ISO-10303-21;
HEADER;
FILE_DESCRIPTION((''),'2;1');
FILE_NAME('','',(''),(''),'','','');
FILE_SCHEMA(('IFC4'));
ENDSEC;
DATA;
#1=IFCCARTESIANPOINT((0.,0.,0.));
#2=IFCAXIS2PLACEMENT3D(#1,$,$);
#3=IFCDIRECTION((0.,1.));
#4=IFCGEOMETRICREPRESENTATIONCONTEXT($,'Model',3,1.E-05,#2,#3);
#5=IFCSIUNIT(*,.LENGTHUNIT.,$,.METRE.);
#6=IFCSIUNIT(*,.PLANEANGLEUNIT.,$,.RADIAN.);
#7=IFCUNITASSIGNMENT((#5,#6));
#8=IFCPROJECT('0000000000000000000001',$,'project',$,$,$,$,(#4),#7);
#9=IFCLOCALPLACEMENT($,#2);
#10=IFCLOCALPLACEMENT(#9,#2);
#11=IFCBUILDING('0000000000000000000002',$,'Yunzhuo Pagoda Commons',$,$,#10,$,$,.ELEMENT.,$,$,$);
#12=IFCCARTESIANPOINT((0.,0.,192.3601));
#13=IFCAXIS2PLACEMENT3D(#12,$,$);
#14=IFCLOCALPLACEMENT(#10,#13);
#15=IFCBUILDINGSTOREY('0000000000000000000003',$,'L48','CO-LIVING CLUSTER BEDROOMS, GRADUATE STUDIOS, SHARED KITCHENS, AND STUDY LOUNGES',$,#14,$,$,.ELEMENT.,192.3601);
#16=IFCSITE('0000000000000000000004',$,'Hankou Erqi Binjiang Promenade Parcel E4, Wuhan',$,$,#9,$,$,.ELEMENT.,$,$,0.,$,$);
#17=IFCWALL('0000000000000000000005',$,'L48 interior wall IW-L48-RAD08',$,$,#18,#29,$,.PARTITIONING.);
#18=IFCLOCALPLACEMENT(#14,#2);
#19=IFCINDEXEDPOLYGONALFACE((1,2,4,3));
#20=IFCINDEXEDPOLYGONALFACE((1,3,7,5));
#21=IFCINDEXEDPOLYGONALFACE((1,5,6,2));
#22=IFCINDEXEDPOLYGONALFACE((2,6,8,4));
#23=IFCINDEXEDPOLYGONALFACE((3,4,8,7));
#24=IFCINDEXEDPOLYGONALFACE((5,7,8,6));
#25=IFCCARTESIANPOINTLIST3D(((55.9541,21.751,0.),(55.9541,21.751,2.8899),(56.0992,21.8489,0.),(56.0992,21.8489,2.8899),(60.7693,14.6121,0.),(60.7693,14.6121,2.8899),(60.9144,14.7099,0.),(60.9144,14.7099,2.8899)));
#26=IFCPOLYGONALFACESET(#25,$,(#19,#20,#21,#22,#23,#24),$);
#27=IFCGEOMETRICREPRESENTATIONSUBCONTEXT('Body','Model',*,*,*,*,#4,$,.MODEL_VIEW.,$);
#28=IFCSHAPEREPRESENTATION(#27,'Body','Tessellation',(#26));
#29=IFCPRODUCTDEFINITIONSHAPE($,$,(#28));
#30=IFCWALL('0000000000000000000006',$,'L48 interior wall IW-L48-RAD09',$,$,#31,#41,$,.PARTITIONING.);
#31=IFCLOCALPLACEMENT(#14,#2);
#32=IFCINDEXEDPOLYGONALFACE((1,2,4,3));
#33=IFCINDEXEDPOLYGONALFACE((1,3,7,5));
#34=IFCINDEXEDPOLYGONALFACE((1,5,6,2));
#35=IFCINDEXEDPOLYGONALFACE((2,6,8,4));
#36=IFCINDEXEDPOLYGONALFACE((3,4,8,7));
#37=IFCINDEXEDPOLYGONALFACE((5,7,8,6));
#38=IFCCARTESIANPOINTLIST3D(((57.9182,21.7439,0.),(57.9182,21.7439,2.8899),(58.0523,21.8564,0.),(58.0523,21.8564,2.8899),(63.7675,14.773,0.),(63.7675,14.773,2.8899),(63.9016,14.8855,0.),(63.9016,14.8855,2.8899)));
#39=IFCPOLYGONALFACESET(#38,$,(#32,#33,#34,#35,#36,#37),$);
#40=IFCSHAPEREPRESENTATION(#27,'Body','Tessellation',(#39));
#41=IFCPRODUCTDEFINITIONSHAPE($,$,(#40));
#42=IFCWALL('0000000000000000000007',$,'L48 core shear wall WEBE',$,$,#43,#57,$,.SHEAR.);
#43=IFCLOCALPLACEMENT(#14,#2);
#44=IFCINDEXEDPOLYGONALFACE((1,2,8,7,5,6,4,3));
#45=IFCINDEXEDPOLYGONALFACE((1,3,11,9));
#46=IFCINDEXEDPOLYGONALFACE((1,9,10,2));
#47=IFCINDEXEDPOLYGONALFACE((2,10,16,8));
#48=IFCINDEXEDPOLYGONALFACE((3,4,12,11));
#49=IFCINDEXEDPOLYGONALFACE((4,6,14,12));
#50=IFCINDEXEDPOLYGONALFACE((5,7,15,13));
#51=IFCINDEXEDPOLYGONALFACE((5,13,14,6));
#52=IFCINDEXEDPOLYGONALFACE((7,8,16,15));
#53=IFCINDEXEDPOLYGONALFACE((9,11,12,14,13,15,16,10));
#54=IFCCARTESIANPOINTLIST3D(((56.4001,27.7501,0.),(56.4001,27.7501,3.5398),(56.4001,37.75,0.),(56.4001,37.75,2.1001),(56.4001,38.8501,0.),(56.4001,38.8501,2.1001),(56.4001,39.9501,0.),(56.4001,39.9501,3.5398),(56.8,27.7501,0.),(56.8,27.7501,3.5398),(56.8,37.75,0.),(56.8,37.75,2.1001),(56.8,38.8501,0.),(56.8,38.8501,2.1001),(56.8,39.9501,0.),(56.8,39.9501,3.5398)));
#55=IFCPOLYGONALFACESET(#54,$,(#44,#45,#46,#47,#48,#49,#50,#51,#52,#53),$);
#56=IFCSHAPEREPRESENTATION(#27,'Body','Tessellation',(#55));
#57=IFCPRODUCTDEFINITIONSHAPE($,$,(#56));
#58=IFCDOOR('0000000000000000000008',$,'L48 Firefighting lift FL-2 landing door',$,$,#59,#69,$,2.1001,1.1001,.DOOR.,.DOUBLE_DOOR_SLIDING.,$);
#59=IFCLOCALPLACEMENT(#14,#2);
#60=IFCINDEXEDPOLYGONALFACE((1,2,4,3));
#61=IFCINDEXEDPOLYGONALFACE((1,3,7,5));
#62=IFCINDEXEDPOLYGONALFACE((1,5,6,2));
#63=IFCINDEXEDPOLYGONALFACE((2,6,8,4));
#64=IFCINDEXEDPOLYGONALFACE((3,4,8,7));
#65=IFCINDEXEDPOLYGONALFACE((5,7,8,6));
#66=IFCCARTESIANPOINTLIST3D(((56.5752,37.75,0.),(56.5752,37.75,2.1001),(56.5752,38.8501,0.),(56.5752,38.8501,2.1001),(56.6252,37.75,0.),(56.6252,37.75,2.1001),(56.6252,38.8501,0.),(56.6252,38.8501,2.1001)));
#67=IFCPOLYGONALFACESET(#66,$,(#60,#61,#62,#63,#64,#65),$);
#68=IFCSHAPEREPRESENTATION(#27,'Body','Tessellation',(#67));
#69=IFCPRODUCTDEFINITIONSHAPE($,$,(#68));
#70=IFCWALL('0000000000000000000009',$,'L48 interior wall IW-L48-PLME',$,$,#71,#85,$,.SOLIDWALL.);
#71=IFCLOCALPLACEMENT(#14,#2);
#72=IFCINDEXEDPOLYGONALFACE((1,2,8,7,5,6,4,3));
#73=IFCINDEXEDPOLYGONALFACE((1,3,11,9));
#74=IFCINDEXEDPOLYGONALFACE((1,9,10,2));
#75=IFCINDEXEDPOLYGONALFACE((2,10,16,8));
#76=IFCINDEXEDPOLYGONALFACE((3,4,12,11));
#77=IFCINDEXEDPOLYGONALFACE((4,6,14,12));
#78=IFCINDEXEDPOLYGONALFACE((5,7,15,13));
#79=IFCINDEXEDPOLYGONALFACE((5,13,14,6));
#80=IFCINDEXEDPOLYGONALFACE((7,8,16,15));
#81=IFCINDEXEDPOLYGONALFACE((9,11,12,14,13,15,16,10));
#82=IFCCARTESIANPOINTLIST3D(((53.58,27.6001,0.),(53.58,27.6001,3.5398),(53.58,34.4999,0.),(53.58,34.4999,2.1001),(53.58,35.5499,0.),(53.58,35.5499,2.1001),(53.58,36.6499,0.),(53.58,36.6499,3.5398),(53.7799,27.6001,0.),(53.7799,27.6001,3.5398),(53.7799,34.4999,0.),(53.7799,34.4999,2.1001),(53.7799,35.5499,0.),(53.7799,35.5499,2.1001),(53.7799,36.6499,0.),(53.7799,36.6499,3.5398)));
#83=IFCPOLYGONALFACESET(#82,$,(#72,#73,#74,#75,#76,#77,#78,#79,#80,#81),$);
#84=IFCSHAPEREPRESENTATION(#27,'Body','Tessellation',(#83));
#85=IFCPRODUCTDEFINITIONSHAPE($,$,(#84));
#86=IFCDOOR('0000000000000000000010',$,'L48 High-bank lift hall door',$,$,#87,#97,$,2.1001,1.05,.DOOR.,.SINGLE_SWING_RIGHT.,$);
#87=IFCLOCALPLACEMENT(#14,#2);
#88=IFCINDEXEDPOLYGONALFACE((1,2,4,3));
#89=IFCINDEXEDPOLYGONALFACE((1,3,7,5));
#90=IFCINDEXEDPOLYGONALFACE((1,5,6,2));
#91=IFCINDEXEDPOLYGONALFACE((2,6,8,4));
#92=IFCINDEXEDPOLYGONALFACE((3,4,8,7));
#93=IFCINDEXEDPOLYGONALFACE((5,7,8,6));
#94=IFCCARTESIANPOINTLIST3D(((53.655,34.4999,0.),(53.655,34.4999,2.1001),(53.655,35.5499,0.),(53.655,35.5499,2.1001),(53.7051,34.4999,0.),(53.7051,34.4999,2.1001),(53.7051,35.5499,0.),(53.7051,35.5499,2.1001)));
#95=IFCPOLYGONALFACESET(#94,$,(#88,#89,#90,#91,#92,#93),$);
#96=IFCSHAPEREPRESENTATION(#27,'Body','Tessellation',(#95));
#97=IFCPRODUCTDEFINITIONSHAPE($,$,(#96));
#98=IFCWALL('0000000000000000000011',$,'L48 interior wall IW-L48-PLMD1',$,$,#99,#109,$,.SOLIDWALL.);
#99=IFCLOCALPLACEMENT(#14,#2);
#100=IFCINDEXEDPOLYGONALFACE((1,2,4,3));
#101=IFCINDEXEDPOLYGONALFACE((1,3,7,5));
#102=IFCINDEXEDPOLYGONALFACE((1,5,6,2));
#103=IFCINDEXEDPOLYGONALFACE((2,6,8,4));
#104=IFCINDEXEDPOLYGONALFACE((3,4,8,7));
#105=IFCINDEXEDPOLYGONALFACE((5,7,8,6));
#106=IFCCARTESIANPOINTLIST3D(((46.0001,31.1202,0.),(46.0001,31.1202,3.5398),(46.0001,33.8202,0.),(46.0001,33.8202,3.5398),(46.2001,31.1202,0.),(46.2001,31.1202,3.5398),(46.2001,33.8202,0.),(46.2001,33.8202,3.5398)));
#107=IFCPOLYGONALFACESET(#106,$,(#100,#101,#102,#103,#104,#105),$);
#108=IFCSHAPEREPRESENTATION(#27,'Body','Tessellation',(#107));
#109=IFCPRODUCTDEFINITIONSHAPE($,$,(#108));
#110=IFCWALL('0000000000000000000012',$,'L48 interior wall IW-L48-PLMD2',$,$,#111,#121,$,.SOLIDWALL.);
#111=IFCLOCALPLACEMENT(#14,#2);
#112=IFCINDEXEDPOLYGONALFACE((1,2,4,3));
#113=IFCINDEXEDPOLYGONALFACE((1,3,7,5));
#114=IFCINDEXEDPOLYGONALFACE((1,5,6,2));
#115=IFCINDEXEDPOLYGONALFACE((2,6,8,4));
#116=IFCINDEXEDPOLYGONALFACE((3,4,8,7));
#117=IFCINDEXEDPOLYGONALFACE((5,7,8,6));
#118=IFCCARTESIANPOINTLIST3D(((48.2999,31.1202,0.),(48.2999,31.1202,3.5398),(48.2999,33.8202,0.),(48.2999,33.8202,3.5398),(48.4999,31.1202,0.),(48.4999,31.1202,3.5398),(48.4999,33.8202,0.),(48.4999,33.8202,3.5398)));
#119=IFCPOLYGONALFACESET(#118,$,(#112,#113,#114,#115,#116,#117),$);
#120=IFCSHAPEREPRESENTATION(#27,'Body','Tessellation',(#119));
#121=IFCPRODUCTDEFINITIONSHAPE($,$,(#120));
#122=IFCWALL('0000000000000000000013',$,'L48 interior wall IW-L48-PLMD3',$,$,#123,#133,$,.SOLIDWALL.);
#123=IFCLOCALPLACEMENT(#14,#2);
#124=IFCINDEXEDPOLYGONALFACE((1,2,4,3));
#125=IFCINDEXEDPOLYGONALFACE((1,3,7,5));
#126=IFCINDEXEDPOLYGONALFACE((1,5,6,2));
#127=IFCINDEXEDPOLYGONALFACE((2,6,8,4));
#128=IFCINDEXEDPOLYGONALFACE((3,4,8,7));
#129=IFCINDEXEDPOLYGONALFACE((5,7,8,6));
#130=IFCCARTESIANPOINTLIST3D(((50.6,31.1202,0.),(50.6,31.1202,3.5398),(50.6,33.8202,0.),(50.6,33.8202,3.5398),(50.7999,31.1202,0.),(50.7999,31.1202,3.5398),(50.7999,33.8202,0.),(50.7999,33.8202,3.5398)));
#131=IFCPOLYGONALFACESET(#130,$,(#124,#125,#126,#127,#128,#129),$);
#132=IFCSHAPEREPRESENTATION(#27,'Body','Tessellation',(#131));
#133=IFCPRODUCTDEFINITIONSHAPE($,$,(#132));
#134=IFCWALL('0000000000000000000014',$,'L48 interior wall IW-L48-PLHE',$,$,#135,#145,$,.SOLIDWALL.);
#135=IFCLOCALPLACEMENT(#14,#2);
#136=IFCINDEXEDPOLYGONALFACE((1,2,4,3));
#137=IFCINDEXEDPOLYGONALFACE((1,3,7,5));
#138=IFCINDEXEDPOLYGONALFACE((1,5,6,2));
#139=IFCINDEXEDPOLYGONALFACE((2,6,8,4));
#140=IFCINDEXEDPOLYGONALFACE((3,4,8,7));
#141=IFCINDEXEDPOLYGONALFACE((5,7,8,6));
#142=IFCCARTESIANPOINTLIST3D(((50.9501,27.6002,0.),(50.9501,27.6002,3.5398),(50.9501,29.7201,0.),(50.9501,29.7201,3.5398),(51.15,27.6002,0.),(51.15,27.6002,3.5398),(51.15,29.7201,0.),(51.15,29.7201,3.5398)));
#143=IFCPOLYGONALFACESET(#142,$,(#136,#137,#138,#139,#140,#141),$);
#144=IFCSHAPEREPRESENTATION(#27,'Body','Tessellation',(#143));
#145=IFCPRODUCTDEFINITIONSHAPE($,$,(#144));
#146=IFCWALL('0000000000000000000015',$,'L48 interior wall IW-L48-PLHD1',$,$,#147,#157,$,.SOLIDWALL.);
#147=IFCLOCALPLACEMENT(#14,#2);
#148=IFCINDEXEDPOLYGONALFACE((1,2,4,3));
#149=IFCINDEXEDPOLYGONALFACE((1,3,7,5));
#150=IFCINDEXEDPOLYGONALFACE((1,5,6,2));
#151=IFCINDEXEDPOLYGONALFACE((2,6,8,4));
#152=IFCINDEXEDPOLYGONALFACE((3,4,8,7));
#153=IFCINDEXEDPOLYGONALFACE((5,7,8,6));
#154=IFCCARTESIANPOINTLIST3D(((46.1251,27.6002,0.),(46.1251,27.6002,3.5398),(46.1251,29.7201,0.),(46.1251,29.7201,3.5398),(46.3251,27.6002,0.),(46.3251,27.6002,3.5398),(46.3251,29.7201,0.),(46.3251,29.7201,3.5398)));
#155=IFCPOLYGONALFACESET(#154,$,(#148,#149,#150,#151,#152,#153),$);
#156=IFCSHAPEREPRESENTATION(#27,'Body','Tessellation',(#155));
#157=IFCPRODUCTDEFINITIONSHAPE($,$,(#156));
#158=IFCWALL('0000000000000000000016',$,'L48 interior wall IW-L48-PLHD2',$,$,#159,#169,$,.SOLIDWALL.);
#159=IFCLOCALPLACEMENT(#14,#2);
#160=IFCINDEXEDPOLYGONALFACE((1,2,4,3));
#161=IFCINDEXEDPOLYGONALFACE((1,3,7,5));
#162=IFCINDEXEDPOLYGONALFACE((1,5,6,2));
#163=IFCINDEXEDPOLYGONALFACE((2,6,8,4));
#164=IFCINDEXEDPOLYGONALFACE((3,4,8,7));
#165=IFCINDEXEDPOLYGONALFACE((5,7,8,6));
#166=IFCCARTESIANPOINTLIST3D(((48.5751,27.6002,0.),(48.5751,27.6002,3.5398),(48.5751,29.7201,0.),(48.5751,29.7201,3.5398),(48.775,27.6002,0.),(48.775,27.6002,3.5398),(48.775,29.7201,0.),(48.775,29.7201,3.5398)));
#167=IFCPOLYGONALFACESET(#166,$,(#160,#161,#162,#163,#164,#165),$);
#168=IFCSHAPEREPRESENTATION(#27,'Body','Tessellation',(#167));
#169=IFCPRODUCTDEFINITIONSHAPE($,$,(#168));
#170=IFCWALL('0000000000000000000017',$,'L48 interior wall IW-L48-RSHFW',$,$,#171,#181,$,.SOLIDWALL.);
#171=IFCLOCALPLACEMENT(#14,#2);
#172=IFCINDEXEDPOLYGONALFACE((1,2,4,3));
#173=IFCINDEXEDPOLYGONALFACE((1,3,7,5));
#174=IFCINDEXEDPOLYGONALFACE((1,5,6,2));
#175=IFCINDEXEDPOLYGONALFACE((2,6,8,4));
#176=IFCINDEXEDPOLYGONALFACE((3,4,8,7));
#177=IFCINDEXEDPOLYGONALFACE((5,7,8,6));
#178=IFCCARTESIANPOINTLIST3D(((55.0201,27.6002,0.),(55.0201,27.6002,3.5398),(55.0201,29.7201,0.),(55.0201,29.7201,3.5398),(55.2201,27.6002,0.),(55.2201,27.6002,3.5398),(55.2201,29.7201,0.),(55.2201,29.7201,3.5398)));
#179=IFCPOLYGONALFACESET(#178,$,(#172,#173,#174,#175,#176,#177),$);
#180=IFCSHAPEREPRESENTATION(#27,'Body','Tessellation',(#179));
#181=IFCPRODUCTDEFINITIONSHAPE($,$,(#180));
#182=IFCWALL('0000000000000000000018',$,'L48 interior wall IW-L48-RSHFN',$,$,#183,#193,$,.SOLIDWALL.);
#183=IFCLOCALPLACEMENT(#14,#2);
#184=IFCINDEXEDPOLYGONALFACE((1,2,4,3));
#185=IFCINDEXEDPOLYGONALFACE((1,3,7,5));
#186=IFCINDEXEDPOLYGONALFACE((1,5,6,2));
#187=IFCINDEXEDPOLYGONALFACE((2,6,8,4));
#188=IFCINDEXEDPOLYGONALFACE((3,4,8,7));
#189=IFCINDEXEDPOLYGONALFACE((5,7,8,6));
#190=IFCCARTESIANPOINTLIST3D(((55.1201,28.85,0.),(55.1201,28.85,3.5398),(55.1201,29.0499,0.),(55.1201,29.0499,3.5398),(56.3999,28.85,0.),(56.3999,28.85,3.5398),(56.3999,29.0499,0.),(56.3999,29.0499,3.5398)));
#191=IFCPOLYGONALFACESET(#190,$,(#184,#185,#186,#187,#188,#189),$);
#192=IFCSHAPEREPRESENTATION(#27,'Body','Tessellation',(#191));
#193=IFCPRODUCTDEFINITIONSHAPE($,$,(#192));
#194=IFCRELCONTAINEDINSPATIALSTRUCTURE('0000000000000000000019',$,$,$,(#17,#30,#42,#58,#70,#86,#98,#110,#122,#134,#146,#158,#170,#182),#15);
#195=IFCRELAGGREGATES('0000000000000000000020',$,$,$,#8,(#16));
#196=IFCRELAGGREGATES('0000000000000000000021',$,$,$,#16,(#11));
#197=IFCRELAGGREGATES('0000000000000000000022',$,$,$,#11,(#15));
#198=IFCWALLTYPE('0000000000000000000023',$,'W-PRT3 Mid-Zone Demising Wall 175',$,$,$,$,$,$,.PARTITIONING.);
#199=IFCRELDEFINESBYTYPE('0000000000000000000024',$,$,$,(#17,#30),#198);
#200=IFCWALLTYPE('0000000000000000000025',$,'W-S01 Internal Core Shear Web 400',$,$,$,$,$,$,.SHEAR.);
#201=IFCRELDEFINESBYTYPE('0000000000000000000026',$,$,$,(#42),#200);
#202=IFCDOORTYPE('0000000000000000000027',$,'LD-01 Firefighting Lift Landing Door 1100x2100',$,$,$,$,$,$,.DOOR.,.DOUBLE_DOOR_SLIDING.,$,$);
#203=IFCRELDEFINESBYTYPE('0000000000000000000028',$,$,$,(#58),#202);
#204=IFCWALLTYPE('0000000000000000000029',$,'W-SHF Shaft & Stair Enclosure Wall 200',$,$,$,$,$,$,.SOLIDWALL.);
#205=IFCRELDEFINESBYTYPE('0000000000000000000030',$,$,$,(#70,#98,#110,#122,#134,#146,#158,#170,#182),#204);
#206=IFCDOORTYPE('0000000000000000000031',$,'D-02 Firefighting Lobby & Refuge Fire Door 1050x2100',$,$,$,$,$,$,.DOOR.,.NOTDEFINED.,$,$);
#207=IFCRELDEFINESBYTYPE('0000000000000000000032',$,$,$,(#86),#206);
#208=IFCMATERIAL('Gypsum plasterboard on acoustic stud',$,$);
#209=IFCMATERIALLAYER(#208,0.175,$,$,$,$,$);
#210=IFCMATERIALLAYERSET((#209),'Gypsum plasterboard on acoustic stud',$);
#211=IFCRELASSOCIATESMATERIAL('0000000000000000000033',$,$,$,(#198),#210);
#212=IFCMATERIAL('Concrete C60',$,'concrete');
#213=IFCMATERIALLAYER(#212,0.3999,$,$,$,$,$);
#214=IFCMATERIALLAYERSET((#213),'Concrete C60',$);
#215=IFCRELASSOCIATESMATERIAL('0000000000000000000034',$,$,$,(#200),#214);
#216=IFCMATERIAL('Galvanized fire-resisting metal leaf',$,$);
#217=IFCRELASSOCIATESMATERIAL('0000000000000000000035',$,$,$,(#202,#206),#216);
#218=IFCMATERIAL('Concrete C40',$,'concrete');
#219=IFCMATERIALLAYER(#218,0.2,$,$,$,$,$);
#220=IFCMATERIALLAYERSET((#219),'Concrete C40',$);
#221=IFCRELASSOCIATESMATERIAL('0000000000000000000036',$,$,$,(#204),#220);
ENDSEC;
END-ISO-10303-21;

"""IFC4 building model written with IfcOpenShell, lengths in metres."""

from ifc_helpers import new_model, si_unit, direction, frame, frame_2d, origin, origin_with_axes, place, context, subcontext, project, spatial, rectangle, extrude, source, transform, mapped, material, layer, layer_set, type_object, element, fill, save


model = new_model("IFC4")

# Units and contexts
model_context = context("Model", 3, precision=1e-05, world=origin(), true_north=direction((0.0, 1.0)))
body_context = subcontext(model_context, "Body", "Model", "MODEL_VIEW")
ifc_project = project(units=[si_unit("LENGTHUNIT", "METRE"), si_unit("PLANEANGLEUNIT", "RADIAN")], contexts=[model_context])

# Site, building, storey
site_placement = place(None, origin())
site = spatial("IfcSite", under=ifc_project, at=site_placement, Name="Hankou Erqi Binjiang Promenade Parcel E4, Wuhan", CompositionType="ELEMENT", RefElevation=0.0)
building_placement = place(site_placement, origin())
building = spatial("IfcBuilding", under=site, at=building_placement, Name="Yunzhuo Pagoda Commons", CompositionType="ELEMENT")
storey_placement = place(building_placement, frame((0.0, 0.0, 192.3601)))
storey = spatial("IfcBuildingStorey", under=building, at=storey_placement, Name="L48", Description="CO-LIVING CLUSTER BEDROOMS, GRADUATE STUDIOS, SHARED KITCHENS, AND STUDY LOUNGES", CompositionType="ELEMENT", Elevation=192.3601)

# Shared definitions
ifc_material_1 = material(Name="Gypsum plasterboard on acoustic stud")
ifc_material_2 = material(Name="Galvanized fire-resisting metal leaf")

# Walls
ifc_layer_1 = layer(ifc_material_1, 0.175)
ifc_layer_set_1 = layer_set([ifc_layer_1], Name="Gypsum plasterboard on acoustic stud")
wall_type_1 = type_object("IfcWallType", Name="W-PRT3 Mid-Zone Demising Wall 175", PredefinedType="PARTITIONING", material=ifc_layer_set_1)
wall_1_placement = place(storey_placement, frame((56.0266, 21.8, 0.0), z_axis=(0.0, 0.0, 1.0), x_axis=(0.559187, -0.829042, 0.0)))
element("IfcWall", 1, at=wall_1_placement, inside=storey, type_object=wall_type_1, Name="L48 interior wall IW-L48-RAD08", PredefinedType="PARTITIONING", context=body_context, shape_type="SweptSolid", body=[
    extrude(rectangle(XDim=8.6111, YDim=0.175, at=frame_2d((4.3057, 0.0))), origin(), (0.0, 0.0, 1.0), 2.8899),
])
wall_2_placement = place(storey_placement, frame((57.9854, 21.8, 0.0), z_axis=(0.0, 0.0, 1.0), x_axis=(0.642791, -0.766042, 0.0)))
element("IfcWall", 2, at=wall_2_placement, inside=storey, type_object=wall_type_1, Name="L48 interior wall IW-L48-RAD09", PredefinedType="PARTITIONING", context=body_context, shape_type="SweptSolid", body=[
    extrude(rectangle(XDim=9.0999, YDim=0.175, at=frame_2d((4.5498, 0.0))), origin(), (0.0, 0.0, 1.0), 2.8899),
])

# Walls, openings, doors
ifc_material_3 = material(Name="Concrete C60", Category="concrete")
ifc_layer_2 = layer(ifc_material_3, 0.3999)
ifc_layer_set_2 = layer_set([ifc_layer_2], Name="Concrete C60")
wall_type_2 = type_object("IfcWallType", Name="W-S01 Internal Core Shear Web 400", PredefinedType="SHEAR", material=ifc_layer_set_2)
wall_3_placement = place(storey_placement, frame((56.6001, 27.75, 0.0), z_axis=(0.0, 0.0, 1.0), x_axis=(0.0, 1.0, 0.0)))
wall_3 = element("IfcWall", 3, at=wall_3_placement, inside=storey, type_object=wall_type_2, Name="L48 core shear wall WEBE", PredefinedType="SHEAR", context=body_context, shape_type="SweptSolid", body=[
    extrude(rectangle(XDim=12.2, YDim=0.3999, at=frame_2d((6.1001, 0.0))), origin(), (0.0, 0.0, 1.0), 3.5398),
])
opening_1_placement = place(wall_3_placement, frame((10.0, 0.0, 0.0)))
opening_1 = element("IfcOpeningElement", 4, at=opening_1_placement, cuts=wall_3, PredefinedType="OPENING", context=body_context, shape_type="SweptSolid", body=[
    extrude(rectangle(XDim=1.1001, YDim=2.1001, at=frame_2d((0.55, 1.05))), frame((0.0, 0.21, 0.0), z_axis=(0.0, -1.0, 0.0), x_axis=(1.0, 0.0, 0.0)), (0.0, 0.0, 1.0), 0.4199),
])
door_type_1 = type_object("IfcDoorType", Name="LD-01 Firefighting Lift Landing Door 1100x2100", OperationType="DOUBLE_DOOR_SLIDING", PredefinedType="DOOR", material=ifc_material_2)
shared_shape_1 = source(origin(), body_context, "Body", "SweptSolid", [
    extrude(rectangle(XDim=1.1001, YDim=2.1001, at=frame_2d((0.55, 1.05))), frame((0.0, 0.0249, 0.0), z_axis=(0.0, -1.0, 0.0), x_axis=(1.0, 0.0, 0.0)), (0.0, 0.0, 1.0), 0.05),
])
door_1_placement = place(opening_1_placement, origin_with_axes())
door_1 = element("IfcDoor", 5, at=door_1_placement, inside=storey, type_object=door_type_1, Name="L48 Firefighting lift FL-2 landing door", OperationType="DOUBLE_DOOR_SLIDING", OverallHeight=2.1001, OverallWidth=1.1001, PredefinedType="DOOR", context=body_context, shape_type="MappedRepresentation", body=[
    mapped(shared_shape_1, transform((0.0, 0.0, 0.0), scale=1.0)),
])
fill(opening_1, door_1)
ifc_material_4 = material(Name="Concrete C40", Category="concrete")
ifc_layer_3 = layer(ifc_material_4, 0.2)
ifc_layer_set_3 = layer_set([ifc_layer_3], Name="Concrete C40")
wall_type_3 = type_object("IfcWallType", Name="W-SHF Shaft & Stair Enclosure Wall 200", PredefinedType="SOLIDWALL", material=ifc_layer_set_3)
wall_4_placement = place(storey_placement, frame((53.6799, 27.6001, 0.0), z_axis=(0.0, 0.0, 1.0), x_axis=(0.0, 1.0, 0.0)))
wall_4 = element("IfcWall", 6, at=wall_4_placement, inside=storey, type_object=wall_type_3, Name="L48 interior wall IW-L48-PLME", PredefinedType="SOLIDWALL", context=body_context, shape_type="SweptSolid", body=[
    extrude(rectangle(XDim=9.0498, YDim=0.2, at=frame_2d((4.5249, 0.0))), origin(), (0.0, 0.0, 1.0), 3.5398),
])
opening_2_placement = place(wall_4_placement, frame((6.8999, 0.0, 0.0)))
opening_2 = element("IfcOpeningElement", 7, at=opening_2_placement, cuts=wall_4, PredefinedType="OPENING", context=body_context, shape_type="SweptSolid", body=[
    extrude(rectangle(XDim=1.05, YDim=2.1001, at=frame_2d((0.5249, 1.05))), frame((0.0, 0.1099, 0.0), z_axis=(0.0, -1.0, 0.0), x_axis=(1.0, 0.0, 0.0)), (0.0, 0.0, 1.0), 0.22),
])
door_type_2 = type_object("IfcDoorType", Name="D-02 Firefighting Lobby & Refuge Fire Door 1050x2100", OperationType="NOTDEFINED", PredefinedType="DOOR", material=ifc_material_2)
shared_shape_2 = source(origin(), body_context, "Body", "SweptSolid", [
    extrude(rectangle(XDim=1.05, YDim=2.1001, at=frame_2d((0.5249, 1.05))), frame((0.0, 0.0249, 0.0), z_axis=(0.0, -1.0, 0.0), x_axis=(1.0, 0.0, 0.0)), (0.0, 0.0, 1.0), 0.05),
])
door_2_placement = place(opening_2_placement, origin_with_axes())
door_2 = element("IfcDoor", 8, at=door_2_placement, inside=storey, type_object=door_type_2, Name="L48 High-bank lift hall door", OperationType="SINGLE_SWING_RIGHT", OverallHeight=2.1001, OverallWidth=1.05, PredefinedType="DOOR", context=body_context, shape_type="MappedRepresentation", body=[
    mapped(shared_shape_2, transform((0.0, 0.0, 0.0), scale=1.0)),
])
fill(opening_2, door_2)

# Walls
for number, where, z_axis, x_axis, name in (
    (9, (46.1001, 31.1201, 0.0), (0.0, 0.0, 1.0), (0.0, 1.0, 0.0), "L48 interior wall IW-L48-PLMD1"),
    (10, (48.3999, 31.1201, 0.0), (0.0, 0.0, 1.0), (0.0, 1.0, 0.0), "L48 interior wall IW-L48-PLMD2"),
    (11, (50.7, 31.1201, 0.0), (0.0, 0.0, 1.0), (0.0, 1.0, 0.0), "L48 interior wall IW-L48-PLMD3"),
):
    element("IfcWall", number, at=place(storey_placement, frame(where, z_axis=z_axis, x_axis=x_axis)), inside=storey, type_object=wall_type_3, Name=name, PredefinedType="SOLIDWALL", context=body_context, shape_type="SweptSolid", body=[
        extrude(rectangle(XDim=2.7, YDim=0.2, at=frame_2d((1.3501, 0.0))), origin(), (0.0, 0.0, 1.0), 3.5398),
    ])
for number, where, z_axis, x_axis, name in (
    (12, (51.05, 27.6001, 0.0), (0.0, 0.0, 1.0), (0.0, 1.0, 0.0), "L48 interior wall IW-L48-PLHE"),
    (13, (46.2251, 27.6001, 0.0), (0.0, 0.0, 1.0), (0.0, 1.0, 0.0), "L48 interior wall IW-L48-PLHD1"),
    (14, (48.675, 27.6001, 0.0), (0.0, 0.0, 1.0), (0.0, 1.0, 0.0), "L48 interior wall IW-L48-PLHD2"),
    (15, (55.1201, 27.6001, 0.0), (0.0, 0.0, 1.0), (0.0, 1.0, 0.0), "L48 interior wall IW-L48-RSHFW"),
):
    element("IfcWall", number, at=place(storey_placement, frame(where, z_axis=z_axis, x_axis=x_axis)), inside=storey, type_object=wall_type_3, Name=name, PredefinedType="SOLIDWALL", context=body_context, shape_type="SweptSolid", body=[
        extrude(rectangle(XDim=2.1199, YDim=0.2, at=frame_2d((1.0601, 0.0))), origin(), (0.0, 0.0, 1.0), 3.5398),
    ])
wall_5_placement = place(storey_placement, frame((55.1201, 28.95, 0.0), z_axis=(0.0, 0.0, 1.0), x_axis=(1.0, 0.0, 0.0)))
element("IfcWall", 16, at=wall_5_placement, inside=storey, type_object=wall_type_3, Name="L48 interior wall IW-L48-RSHFN", PredefinedType="SOLIDWALL", context=body_context, shape_type="SweptSolid", body=[
    extrude(rectangle(XDim=1.2798, YDim=0.2, at=frame_2d((0.6399, 0.0))), origin(), (0.0, 0.0, 1.0), 3.5398),
])

save(model, "model.ifc")
